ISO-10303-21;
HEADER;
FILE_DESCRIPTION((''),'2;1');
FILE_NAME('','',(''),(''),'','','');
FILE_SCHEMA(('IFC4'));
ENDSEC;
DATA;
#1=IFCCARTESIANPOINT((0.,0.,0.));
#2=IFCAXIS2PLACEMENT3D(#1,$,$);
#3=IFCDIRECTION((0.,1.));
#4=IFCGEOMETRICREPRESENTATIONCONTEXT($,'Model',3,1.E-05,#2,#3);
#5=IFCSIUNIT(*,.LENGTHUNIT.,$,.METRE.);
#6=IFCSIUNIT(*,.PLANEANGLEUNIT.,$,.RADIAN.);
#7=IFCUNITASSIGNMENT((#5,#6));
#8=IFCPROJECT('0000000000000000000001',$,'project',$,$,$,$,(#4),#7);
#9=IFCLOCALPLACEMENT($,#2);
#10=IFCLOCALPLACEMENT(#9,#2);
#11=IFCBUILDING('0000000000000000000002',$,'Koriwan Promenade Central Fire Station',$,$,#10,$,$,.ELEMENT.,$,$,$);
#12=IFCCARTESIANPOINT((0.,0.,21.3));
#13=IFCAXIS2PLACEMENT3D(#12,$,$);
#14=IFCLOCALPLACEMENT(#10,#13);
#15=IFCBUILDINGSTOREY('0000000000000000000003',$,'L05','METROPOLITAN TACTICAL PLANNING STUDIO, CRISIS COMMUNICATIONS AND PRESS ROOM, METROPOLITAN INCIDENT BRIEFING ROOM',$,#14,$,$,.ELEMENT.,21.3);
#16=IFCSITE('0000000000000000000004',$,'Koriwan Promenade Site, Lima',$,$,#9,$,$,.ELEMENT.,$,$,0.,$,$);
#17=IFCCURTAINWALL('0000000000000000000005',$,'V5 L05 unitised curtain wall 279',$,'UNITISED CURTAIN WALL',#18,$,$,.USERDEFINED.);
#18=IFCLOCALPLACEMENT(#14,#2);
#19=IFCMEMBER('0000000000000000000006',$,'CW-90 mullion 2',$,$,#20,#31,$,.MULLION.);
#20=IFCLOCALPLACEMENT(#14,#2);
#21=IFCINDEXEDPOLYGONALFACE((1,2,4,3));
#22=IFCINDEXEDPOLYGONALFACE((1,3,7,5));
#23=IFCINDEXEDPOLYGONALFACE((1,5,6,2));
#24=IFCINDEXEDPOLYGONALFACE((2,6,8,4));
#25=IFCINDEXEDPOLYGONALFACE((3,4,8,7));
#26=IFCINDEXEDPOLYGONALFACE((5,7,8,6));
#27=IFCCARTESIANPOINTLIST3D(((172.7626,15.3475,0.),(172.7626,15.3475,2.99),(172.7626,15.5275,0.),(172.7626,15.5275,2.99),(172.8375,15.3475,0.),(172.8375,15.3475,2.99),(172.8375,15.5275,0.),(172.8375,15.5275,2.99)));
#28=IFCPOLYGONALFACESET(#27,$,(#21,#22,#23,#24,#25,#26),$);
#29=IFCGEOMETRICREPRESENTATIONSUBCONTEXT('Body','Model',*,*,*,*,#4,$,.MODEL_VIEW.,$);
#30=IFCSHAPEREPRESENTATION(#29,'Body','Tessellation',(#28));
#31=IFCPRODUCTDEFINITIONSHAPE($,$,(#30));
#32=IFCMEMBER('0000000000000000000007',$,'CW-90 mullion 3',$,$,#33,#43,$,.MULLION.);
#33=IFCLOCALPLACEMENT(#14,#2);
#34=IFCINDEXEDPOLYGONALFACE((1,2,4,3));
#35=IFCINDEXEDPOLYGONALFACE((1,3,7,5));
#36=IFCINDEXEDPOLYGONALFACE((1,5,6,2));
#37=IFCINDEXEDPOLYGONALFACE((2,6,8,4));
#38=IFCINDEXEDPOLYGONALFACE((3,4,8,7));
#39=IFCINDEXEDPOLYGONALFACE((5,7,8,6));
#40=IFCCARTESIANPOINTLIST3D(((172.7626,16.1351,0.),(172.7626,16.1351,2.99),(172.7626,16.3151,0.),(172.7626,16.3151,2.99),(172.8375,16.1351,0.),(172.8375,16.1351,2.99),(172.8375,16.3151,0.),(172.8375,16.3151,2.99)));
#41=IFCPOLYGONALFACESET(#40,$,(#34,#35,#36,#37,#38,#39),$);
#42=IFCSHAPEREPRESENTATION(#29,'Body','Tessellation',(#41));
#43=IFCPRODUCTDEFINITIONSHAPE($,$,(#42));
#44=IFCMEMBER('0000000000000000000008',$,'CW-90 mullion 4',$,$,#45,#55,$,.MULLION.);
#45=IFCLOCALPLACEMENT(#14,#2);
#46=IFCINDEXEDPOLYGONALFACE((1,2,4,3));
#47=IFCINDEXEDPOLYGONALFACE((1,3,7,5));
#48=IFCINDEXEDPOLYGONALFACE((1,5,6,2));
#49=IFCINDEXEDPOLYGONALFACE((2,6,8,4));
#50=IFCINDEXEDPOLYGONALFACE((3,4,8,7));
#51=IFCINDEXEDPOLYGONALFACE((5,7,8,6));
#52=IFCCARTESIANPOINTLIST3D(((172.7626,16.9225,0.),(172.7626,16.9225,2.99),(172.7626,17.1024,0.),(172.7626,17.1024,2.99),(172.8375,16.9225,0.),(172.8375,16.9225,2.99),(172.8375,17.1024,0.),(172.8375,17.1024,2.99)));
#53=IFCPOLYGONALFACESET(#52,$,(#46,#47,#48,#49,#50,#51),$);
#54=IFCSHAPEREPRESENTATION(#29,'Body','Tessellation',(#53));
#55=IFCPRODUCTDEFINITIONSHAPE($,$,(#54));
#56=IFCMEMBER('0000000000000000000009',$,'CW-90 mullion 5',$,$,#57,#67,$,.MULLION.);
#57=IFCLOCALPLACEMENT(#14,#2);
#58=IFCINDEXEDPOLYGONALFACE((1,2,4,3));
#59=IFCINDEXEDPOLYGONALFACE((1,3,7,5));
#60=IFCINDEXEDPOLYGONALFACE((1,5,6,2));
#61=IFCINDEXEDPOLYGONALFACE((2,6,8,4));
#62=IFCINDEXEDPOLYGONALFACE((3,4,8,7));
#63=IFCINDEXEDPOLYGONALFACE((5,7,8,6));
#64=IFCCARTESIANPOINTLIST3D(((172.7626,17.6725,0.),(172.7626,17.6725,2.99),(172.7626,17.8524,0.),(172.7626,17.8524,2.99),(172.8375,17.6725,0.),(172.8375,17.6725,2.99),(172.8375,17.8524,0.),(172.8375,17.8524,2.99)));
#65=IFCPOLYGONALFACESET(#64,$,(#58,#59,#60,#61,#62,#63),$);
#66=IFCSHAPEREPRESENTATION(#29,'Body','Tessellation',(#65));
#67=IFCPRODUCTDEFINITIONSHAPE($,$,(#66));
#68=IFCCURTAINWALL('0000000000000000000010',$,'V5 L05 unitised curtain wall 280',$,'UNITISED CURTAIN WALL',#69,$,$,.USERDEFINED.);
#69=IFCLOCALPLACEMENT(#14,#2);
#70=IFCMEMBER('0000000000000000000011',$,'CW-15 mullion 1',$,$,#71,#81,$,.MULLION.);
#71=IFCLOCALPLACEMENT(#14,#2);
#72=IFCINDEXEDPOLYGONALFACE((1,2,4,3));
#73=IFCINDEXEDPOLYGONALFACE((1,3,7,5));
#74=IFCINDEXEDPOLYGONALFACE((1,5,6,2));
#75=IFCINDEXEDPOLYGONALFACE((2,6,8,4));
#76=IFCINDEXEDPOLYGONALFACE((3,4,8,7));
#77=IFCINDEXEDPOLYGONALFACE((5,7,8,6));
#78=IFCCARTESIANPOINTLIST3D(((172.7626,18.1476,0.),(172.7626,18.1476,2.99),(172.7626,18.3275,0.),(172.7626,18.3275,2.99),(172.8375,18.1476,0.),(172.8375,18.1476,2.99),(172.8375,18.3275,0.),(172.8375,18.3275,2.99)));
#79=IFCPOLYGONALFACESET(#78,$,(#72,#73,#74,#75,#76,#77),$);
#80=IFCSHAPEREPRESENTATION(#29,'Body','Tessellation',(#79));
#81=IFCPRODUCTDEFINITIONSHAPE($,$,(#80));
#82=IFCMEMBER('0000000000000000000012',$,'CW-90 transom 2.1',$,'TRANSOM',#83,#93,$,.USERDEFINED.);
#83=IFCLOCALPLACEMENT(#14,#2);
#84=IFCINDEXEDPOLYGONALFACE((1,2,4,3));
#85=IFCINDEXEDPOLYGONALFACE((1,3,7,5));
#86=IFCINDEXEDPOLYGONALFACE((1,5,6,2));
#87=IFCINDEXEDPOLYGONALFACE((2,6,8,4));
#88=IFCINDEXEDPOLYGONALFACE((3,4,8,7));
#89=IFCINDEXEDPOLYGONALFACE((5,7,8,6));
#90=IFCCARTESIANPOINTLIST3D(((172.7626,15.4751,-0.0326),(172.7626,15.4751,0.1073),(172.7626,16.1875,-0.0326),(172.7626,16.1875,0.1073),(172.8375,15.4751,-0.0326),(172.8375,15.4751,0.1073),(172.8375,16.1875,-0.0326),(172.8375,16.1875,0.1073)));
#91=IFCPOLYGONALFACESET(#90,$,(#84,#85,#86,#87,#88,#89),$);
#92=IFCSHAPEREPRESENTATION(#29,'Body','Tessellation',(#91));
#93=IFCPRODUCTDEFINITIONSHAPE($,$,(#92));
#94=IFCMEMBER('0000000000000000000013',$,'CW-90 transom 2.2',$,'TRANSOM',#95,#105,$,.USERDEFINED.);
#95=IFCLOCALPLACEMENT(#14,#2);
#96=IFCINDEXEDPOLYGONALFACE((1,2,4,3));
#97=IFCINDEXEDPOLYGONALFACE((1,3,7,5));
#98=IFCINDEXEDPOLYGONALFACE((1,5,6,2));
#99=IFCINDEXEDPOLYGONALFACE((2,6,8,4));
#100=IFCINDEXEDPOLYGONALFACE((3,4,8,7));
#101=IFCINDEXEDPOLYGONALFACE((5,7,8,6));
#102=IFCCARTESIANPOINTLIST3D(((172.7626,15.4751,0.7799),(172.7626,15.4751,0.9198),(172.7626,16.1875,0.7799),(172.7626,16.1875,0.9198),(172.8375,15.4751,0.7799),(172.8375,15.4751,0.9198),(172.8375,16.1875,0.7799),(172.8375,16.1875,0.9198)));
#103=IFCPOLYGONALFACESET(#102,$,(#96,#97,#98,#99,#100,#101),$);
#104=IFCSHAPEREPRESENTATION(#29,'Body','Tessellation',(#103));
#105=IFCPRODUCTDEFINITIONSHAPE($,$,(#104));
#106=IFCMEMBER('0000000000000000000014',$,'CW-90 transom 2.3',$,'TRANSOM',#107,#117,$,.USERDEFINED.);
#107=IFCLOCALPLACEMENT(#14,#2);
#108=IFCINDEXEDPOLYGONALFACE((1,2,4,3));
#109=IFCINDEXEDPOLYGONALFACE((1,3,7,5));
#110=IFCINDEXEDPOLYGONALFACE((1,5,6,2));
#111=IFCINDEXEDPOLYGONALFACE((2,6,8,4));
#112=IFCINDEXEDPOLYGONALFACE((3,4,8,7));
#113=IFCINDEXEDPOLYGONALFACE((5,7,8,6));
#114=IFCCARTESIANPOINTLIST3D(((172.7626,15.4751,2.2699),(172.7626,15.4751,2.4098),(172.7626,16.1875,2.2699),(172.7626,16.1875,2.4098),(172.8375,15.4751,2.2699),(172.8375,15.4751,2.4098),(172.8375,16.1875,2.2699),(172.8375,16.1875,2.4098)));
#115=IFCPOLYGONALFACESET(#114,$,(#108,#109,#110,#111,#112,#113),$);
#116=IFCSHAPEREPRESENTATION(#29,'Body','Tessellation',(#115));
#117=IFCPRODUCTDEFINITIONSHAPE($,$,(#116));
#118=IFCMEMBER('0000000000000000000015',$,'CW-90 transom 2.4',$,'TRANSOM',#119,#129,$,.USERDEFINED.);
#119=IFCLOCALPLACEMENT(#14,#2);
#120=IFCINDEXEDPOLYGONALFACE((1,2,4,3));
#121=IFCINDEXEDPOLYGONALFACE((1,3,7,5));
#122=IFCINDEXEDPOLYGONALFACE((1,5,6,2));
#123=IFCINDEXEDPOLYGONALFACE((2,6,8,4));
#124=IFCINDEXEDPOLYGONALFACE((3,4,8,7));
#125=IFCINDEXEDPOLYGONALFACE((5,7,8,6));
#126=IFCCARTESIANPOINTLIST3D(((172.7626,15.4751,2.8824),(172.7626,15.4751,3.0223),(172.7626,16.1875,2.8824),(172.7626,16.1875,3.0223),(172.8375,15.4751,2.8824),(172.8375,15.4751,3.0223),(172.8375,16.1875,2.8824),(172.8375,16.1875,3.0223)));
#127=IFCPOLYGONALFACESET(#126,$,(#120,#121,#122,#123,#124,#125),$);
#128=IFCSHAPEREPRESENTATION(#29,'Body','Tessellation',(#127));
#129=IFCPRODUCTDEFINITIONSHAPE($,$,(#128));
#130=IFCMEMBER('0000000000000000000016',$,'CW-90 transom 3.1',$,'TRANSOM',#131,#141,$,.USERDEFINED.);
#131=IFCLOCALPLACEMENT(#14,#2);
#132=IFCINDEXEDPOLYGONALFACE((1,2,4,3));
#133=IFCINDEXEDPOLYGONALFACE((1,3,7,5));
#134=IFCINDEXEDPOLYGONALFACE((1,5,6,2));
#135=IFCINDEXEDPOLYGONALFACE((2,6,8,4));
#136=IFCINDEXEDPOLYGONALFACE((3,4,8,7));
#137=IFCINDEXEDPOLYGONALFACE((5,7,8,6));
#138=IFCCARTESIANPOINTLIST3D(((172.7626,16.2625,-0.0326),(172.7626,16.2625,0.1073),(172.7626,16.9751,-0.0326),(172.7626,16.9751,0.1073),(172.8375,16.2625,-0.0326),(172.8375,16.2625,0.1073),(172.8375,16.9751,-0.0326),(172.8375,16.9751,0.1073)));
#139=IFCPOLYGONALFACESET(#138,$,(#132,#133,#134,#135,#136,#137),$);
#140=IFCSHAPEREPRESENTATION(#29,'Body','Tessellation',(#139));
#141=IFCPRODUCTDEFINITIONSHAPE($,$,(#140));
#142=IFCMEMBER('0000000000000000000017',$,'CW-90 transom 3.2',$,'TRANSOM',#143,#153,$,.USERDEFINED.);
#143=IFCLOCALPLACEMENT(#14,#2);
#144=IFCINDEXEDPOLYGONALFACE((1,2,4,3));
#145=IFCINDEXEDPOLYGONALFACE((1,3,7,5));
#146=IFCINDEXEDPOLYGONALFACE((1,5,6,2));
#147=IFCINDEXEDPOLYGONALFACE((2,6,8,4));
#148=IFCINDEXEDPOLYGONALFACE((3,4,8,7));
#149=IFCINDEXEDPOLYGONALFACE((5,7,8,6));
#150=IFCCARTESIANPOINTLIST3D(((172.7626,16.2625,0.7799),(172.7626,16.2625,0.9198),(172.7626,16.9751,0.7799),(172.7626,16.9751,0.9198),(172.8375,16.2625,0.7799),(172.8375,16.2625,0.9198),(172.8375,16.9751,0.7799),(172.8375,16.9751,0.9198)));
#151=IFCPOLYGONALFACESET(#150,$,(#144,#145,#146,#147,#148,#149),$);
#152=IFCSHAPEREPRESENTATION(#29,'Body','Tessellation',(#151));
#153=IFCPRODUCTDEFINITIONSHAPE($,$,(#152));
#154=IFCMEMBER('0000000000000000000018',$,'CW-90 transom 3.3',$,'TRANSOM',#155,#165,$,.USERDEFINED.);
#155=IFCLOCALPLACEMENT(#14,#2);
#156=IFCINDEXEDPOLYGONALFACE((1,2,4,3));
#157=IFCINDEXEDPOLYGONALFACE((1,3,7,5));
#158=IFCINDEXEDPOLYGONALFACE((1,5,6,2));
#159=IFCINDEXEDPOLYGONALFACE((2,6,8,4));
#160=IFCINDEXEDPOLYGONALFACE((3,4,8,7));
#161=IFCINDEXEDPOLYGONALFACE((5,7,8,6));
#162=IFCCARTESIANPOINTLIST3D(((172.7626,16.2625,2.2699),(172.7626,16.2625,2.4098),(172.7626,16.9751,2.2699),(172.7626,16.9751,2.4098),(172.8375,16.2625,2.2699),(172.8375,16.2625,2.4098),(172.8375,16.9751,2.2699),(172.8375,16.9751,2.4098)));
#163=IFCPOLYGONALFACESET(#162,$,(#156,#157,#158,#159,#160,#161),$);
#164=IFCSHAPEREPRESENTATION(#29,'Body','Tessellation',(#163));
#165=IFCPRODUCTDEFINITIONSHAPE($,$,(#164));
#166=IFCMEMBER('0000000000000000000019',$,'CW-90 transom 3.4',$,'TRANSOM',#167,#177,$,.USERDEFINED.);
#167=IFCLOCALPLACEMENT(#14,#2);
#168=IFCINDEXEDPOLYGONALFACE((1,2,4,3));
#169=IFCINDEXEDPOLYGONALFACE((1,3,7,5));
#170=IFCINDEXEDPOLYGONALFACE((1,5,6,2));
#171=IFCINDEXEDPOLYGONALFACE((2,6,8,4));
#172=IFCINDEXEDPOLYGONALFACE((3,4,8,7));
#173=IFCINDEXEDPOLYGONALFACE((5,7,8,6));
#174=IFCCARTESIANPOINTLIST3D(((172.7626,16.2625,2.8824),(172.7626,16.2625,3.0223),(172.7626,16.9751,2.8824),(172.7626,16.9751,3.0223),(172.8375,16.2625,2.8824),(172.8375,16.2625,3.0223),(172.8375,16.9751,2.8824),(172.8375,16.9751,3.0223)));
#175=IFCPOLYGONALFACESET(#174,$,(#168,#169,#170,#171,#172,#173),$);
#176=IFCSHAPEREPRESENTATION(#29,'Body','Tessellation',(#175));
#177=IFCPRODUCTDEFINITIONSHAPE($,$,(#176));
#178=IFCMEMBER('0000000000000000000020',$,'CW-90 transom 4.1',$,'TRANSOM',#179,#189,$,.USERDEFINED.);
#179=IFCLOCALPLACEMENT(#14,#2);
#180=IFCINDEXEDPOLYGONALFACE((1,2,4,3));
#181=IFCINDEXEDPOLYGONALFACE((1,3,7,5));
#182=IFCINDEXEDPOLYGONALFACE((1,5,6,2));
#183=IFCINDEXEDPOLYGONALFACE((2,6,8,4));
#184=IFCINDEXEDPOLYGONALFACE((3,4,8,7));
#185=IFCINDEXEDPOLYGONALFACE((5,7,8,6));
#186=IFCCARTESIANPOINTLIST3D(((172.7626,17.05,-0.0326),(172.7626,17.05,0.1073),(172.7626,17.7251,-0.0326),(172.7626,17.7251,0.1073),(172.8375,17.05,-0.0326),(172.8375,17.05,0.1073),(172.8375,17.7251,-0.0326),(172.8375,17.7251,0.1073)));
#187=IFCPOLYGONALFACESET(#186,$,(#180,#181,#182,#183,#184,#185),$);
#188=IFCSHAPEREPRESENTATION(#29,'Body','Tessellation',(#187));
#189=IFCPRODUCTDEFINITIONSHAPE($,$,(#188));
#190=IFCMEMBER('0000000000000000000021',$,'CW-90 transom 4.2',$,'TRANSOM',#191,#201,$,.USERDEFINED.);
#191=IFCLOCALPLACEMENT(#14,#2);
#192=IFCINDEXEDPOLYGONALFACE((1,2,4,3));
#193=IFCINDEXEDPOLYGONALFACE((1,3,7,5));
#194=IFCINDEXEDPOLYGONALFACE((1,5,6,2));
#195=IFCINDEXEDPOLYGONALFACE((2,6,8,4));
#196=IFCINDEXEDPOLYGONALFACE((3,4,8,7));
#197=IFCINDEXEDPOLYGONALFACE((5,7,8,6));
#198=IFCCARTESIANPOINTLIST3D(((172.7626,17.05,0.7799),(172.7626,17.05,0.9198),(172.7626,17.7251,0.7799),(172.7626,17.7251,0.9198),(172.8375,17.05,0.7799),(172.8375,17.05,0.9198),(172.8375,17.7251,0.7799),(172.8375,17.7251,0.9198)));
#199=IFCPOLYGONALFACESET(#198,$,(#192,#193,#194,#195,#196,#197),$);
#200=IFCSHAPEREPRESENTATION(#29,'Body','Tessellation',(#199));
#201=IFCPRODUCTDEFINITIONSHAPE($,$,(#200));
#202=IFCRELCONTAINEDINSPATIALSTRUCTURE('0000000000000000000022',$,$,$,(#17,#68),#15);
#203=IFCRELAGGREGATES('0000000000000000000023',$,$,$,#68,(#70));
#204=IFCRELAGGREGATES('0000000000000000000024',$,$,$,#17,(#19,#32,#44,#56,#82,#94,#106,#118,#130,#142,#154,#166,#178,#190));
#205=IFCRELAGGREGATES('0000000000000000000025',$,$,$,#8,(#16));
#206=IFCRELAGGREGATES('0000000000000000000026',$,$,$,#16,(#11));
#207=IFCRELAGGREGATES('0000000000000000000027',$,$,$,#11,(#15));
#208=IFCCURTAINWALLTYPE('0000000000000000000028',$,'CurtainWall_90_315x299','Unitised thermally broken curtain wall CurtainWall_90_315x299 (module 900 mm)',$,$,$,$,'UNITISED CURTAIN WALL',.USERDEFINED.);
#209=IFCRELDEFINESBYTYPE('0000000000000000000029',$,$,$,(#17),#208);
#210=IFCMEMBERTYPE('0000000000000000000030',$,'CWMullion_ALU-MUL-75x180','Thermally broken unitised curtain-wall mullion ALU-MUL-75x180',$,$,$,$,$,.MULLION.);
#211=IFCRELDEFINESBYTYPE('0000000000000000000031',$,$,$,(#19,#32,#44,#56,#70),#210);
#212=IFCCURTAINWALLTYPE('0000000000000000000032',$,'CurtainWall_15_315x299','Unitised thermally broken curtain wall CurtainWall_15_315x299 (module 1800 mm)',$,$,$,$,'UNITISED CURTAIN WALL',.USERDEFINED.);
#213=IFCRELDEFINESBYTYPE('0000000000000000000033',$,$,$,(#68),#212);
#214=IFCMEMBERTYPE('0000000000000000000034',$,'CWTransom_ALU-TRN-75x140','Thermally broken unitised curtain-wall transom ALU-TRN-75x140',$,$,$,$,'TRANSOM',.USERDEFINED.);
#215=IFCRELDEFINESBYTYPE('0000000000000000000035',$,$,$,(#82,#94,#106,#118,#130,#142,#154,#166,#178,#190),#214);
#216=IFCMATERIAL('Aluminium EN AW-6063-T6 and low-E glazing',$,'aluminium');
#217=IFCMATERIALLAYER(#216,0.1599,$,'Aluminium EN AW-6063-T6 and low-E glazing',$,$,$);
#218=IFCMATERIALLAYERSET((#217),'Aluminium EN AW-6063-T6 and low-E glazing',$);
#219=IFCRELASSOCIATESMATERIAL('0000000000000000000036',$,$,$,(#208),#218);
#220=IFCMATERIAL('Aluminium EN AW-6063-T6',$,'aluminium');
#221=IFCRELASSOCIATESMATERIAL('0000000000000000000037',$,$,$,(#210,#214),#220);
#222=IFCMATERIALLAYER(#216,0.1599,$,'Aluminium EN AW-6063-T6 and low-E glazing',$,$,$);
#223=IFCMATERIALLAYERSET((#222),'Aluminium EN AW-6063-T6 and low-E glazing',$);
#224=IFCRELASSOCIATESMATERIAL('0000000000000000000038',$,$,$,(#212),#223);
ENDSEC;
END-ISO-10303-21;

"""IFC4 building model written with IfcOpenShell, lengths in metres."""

from ifc_helpers import new_model, si_unit, direction, frame, origin, origin_2d, place, context, subcontext, project, spatial, rectangle, extrude, material, layer, layer_set, material_profile, profile_set, type_object, element, aggregate, save


model = new_model("IFC4")

# Units and contexts
model_context = context("Model", 3, precision=1e-05, world=origin(), true_north=direction((0.0, 1.0)))
body_context = subcontext(model_context, "Body", "Model", "MODEL_VIEW")
ifc_project = project(units=[si_unit("LENGTHUNIT", "METRE"), si_unit("PLANEANGLEUNIT", "RADIAN")], contexts=[model_context])

# Site, building, storey
site_placement = place(None, origin())
site = spatial("IfcSite", under=ifc_project, at=site_placement, Name="Koriwan Promenade Site, Lima", CompositionType="ELEMENT", RefElevation=0.0)
building_placement = place(site_placement, origin())
building = spatial("IfcBuilding", under=site, at=building_placement, Name="Koriwan Promenade Central Fire Station", CompositionType="ELEMENT")
storey_placement = place(building_placement, frame((0.0, 0.0, 21.3)))
storey = spatial("IfcBuildingStorey", under=building, at=storey_placement, Name="L05", Description="METROPOLITAN TACTICAL PLANNING STUDIO, CRISIS COMMUNICATIONS AND PRESS ROOM, METROPOLITAN INCIDENT BRIEFING ROOM", CompositionType="ELEMENT", Elevation=21.3)

# Curtain wall, members
ifc_material_1 = material(Name="Aluminium EN AW-6063-T6 and low-E glazing", Category="aluminium")
ifc_layer_1 = layer(ifc_material_1, 0.1599, Name="Aluminium EN AW-6063-T6 and low-E glazing")
ifc_layer_set_1 = layer_set([ifc_layer_1], Name="Aluminium EN AW-6063-T6 and low-E glazing")
curtain_wall_type_1 = type_object("IfcCurtainWallType", Name="CurtainWall_90_315x299", Description="Unitised thermally broken curtain wall CurtainWall_90_315x299 (module 900 mm)", ElementType="UNITISED CURTAIN WALL", PredefinedType="USERDEFINED", material=ifc_layer_set_1)
curtain_wall_1_placement = place(storey_placement, origin())
curtain_wall_1 = element("IfcCurtainWall", 1, at=curtain_wall_1_placement, inside=storey, type_object=curtain_wall_type_1, Name="V5 L05 unitised curtain wall 279", ObjectType="UNITISED CURTAIN WALL", PredefinedType="USERDEFINED")
ifc_material_2 = material(Name="Aluminium EN AW-6063-T6", Category="aluminium")
ifc_material_profile_1 = material_profile(ifc_material_2, rectangle(XDim=0.075, YDim=0.1799, at=origin_2d()), Name="ALU-MUL-75x180")
ifc_profile_set_1 = profile_set([ifc_material_profile_1], Name="Aluminium EN AW-6063-T6")
member_type_1 = type_object("IfcMemberType", Name="CWMullion_ALU-MUL-75x180", Description="Thermally broken unitised curtain-wall mullion ALU-MUL-75x180", PredefinedType="MULLION", material=ifc_profile_set_1)
member_1_placement = place(storey_placement, frame((172.8, 15.4375, 0.0), z_axis=(0.0, 0.0, 1.0), x_axis=(-1.0, 0.0, 0.0)))
member_1 = element("IfcMember", 2, at=member_1_placement, type_object=member_type_1, Name="CW-90 mullion 2", PredefinedType="MULLION", context=body_context, shape_type="SweptSolid", body=[
    extrude(rectangle(XDim=0.075, YDim=0.1799, at=origin_2d()), origin(), (0.0, 0.0, 1.0), 2.99),
])
member_2_placement = place(storey_placement, frame((172.8, 16.2251, 0.0), z_axis=(0.0, 0.0, 1.0), x_axis=(-1.0, 0.0, 0.0)))
member_2 = element("IfcMember", 3, at=member_2_placement, type_object=member_type_1, Name="CW-90 mullion 3", PredefinedType="MULLION", context=body_context, shape_type="SweptSolid", body=[
    extrude(rectangle(XDim=0.075, YDim=0.1799, at=origin_2d()), origin(), (0.0, 0.0, 1.0), 2.99),
])
member_3_placement = place(storey_placement, frame((172.8, 17.0125, 0.0), z_axis=(0.0, 0.0, 1.0), x_axis=(-1.0, 0.0, 0.0)))
member_3 = element("IfcMember", 4, at=member_3_placement, type_object=member_type_1, Name="CW-90 mullion 4", PredefinedType="MULLION", context=body_context, shape_type="SweptSolid", body=[
    extrude(rectangle(XDim=0.075, YDim=0.1799, at=origin_2d()), origin(), (0.0, 0.0, 1.0), 2.99),
])
member_4_placement = place(storey_placement, frame((172.8, 17.7625, 0.0), z_axis=(0.0, 0.0, 1.0), x_axis=(-1.0, 0.0, 0.0)))
member_4 = element("IfcMember", 5, at=member_4_placement, type_object=member_type_1, Name="CW-90 mullion 5", PredefinedType="MULLION", context=body_context, shape_type="SweptSolid", body=[
    extrude(rectangle(XDim=0.075, YDim=0.1799, at=origin_2d()), origin(), (0.0, 0.0, 1.0), 2.99),
])

# Curtain wall, member
ifc_layer_2 = layer(ifc_material_1, 0.1599, Name="Aluminium EN AW-6063-T6 and low-E glazing")
ifc_layer_set_2 = layer_set([ifc_layer_2], Name="Aluminium EN AW-6063-T6 and low-E glazing")
curtain_wall_type_2 = type_object("IfcCurtainWallType", Name="CurtainWall_15_315x299", Description="Unitised thermally broken curtain wall CurtainWall_15_315x299 (module 1800 mm)", ElementType="UNITISED CURTAIN WALL", PredefinedType="USERDEFINED", material=ifc_layer_set_2)
curtain_wall_2_placement = place(storey_placement, origin())
curtain_wall_2 = element("IfcCurtainWall", 6, at=curtain_wall_2_placement, inside=storey, type_object=curtain_wall_type_2, Name="V5 L05 unitised curtain wall 280", ObjectType="UNITISED CURTAIN WALL", PredefinedType="USERDEFINED")
member_5_placement = place(storey_placement, frame((172.8, 18.2375, 0.0), z_axis=(0.0, 0.0, 1.0), x_axis=(-1.0, 0.0, 0.0)))
member_5 = element("IfcMember", 7, at=member_5_placement, type_object=member_type_1, Name="CW-15 mullion 1", PredefinedType="MULLION", context=body_context, shape_type="SweptSolid", body=[
    extrude(rectangle(XDim=0.075, YDim=0.1799, at=origin_2d()), origin(), (0.0, 0.0, 1.0), 2.99),
])

# Members
ifc_material_profile_2 = material_profile(ifc_material_2, rectangle(XDim=0.075, YDim=0.1399, at=origin_2d()), Name="ALU-TRN-75x140")
ifc_profile_set_2 = profile_set([ifc_material_profile_2], Name="Aluminium EN AW-6063-T6")
member_type_2 = type_object("IfcMemberType", Name="CWTransom_ALU-TRN-75x140", Description="Thermally broken unitised curtain-wall transom ALU-TRN-75x140", ElementType="TRANSOM", PredefinedType="USERDEFINED", material=ifc_profile_set_2)
member_6_placement = place(storey_placement, frame((172.8, 15.4751, 0.0374), z_axis=(0.0, 1.0, 0.0), x_axis=(-1.0, 0.0, 0.0)))
member_6 = element("IfcMember", 8, at=member_6_placement, type_object=member_type_2, Name="CW-90 transom 2.1", ObjectType="TRANSOM", PredefinedType="USERDEFINED", context=body_context, shape_type="SweptSolid", body=[
    extrude(rectangle(XDim=0.075, YDim=0.1399, at=origin_2d()), origin(), (0.0, 0.0, 1.0), 0.7124),
])
member_7_placement = place(storey_placement, frame((172.8, 15.4751, 0.8499), z_axis=(0.0, 1.0, 0.0), x_axis=(-1.0, 0.0, 0.0)))
member_7 = element("IfcMember", 9, at=member_7_placement, type_object=member_type_2, Name="CW-90 transom 2.2", ObjectType="TRANSOM", PredefinedType="USERDEFINED", context=body_context, shape_type="SweptSolid", body=[
    extrude(rectangle(XDim=0.075, YDim=0.1399, at=origin_2d()), origin(), (0.0, 0.0, 1.0), 0.7124),
])
member_8_placement = place(storey_placement, frame((172.8, 15.4751, 2.3398), z_axis=(0.0, 1.0, 0.0), x_axis=(-1.0, 0.0, 0.0)))
member_8 = element("IfcMember", 10, at=member_8_placement, type_object=member_type_2, Name="CW-90 transom 2.3", ObjectType="TRANSOM", PredefinedType="USERDEFINED", context=body_context, shape_type="SweptSolid", body=[
    extrude(rectangle(XDim=0.075, YDim=0.1399, at=origin_2d()), origin(), (0.0, 0.0, 1.0), 0.7124),
])
member_9_placement = place(storey_placement, frame((172.8, 15.4751, 2.9524), z_axis=(0.0, 1.0, 0.0), x_axis=(-1.0, 0.0, 0.0)))
member_9 = element("IfcMember", 11, at=member_9_placement, type_object=member_type_2, Name="CW-90 transom 2.4", ObjectType="TRANSOM", PredefinedType="USERDEFINED", context=body_context, shape_type="SweptSolid", body=[
    extrude(rectangle(XDim=0.075, YDim=0.1399, at=origin_2d()), origin(), (0.0, 0.0, 1.0), 0.7124),
])
member_10_placement = place(storey_placement, frame((172.8, 16.2625, 0.0374), z_axis=(0.0, 1.0, 0.0), x_axis=(-1.0, 0.0, 0.0)))
member_10 = element("IfcMember", 12, at=member_10_placement, type_object=member_type_2, Name="CW-90 transom 3.1", ObjectType="TRANSOM", PredefinedType="USERDEFINED", context=body_context, shape_type="SweptSolid", body=[
    extrude(rectangle(XDim=0.075, YDim=0.1399, at=origin_2d()), origin(), (0.0, 0.0, 1.0), 0.7126),
])
member_11_placement = place(storey_placement, frame((172.8, 16.2625, 0.8499), z_axis=(0.0, 1.0, 0.0), x_axis=(-1.0, 0.0, 0.0)))
member_11 = element("IfcMember", 13, at=member_11_placement, type_object=member_type_2, Name="CW-90 transom 3.2", ObjectType="TRANSOM", PredefinedType="USERDEFINED", context=body_context, shape_type="SweptSolid", body=[
    extrude(rectangle(XDim=0.075, YDim=0.1399, at=origin_2d()), origin(), (0.0, 0.0, 1.0), 0.7126),
])
member_12_placement = place(storey_placement, frame((172.8, 16.2625, 2.3398), z_axis=(0.0, 1.0, 0.0), x_axis=(-1.0, 0.0, 0.0)))
member_12 = element("IfcMember", 14, at=member_12_placement, type_object=member_type_2, Name="CW-90 transom 3.3", ObjectType="TRANSOM", PredefinedType="USERDEFINED", context=body_context, shape_type="SweptSolid", body=[
    extrude(rectangle(XDim=0.075, YDim=0.1399, at=origin_2d()), origin(), (0.0, 0.0, 1.0), 0.7126),
])
member_13_placement = place(storey_placement, frame((172.8, 16.2625, 2.9524), z_axis=(0.0, 1.0, 0.0), x_axis=(-1.0, 0.0, 0.0)))
member_13 = element("IfcMember", 15, at=member_13_placement, type_object=member_type_2, Name="CW-90 transom 3.4", ObjectType="TRANSOM", PredefinedType="USERDEFINED", context=body_context, shape_type="SweptSolid", body=[
    extrude(rectangle(XDim=0.075, YDim=0.1399, at=origin_2d()), origin(), (0.0, 0.0, 1.0), 0.7126),
])
member_14_placement = place(storey_placement, frame((172.8, 17.05, 0.0374), z_axis=(0.0, 1.0, 0.0), x_axis=(-1.0, 0.0, 0.0)))
member_14 = element("IfcMember", 16, at=member_14_placement, type_object=member_type_2, Name="CW-90 transom 4.1", ObjectType="TRANSOM", PredefinedType="USERDEFINED", context=body_context, shape_type="SweptSolid", body=[
    extrude(rectangle(XDim=0.075, YDim=0.1399, at=origin_2d()), origin(), (0.0, 0.0, 1.0), 0.675),
])
member_15_placement = place(storey_placement, frame((172.8, 17.05, 0.8499), z_axis=(0.0, 1.0, 0.0), x_axis=(-1.0, 0.0, 0.0)))
member_15 = element("IfcMember", 17, at=member_15_placement, type_object=member_type_2, Name="CW-90 transom 4.2", ObjectType="TRANSOM", PredefinedType="USERDEFINED", context=body_context, shape_type="SweptSolid", body=[
    extrude(rectangle(XDim=0.075, YDim=0.1399, at=origin_2d()), origin(), (0.0, 0.0, 1.0), 0.675),
])
aggregate(curtain_wall_2, [member_5])

aggregate(curtain_wall_1, [member_1, member_2, member_3, member_4, member_6, member_7, member_8, member_9, member_10, member_11, member_12, member_13, member_14, member_15])

save(model, "model.ifc")
